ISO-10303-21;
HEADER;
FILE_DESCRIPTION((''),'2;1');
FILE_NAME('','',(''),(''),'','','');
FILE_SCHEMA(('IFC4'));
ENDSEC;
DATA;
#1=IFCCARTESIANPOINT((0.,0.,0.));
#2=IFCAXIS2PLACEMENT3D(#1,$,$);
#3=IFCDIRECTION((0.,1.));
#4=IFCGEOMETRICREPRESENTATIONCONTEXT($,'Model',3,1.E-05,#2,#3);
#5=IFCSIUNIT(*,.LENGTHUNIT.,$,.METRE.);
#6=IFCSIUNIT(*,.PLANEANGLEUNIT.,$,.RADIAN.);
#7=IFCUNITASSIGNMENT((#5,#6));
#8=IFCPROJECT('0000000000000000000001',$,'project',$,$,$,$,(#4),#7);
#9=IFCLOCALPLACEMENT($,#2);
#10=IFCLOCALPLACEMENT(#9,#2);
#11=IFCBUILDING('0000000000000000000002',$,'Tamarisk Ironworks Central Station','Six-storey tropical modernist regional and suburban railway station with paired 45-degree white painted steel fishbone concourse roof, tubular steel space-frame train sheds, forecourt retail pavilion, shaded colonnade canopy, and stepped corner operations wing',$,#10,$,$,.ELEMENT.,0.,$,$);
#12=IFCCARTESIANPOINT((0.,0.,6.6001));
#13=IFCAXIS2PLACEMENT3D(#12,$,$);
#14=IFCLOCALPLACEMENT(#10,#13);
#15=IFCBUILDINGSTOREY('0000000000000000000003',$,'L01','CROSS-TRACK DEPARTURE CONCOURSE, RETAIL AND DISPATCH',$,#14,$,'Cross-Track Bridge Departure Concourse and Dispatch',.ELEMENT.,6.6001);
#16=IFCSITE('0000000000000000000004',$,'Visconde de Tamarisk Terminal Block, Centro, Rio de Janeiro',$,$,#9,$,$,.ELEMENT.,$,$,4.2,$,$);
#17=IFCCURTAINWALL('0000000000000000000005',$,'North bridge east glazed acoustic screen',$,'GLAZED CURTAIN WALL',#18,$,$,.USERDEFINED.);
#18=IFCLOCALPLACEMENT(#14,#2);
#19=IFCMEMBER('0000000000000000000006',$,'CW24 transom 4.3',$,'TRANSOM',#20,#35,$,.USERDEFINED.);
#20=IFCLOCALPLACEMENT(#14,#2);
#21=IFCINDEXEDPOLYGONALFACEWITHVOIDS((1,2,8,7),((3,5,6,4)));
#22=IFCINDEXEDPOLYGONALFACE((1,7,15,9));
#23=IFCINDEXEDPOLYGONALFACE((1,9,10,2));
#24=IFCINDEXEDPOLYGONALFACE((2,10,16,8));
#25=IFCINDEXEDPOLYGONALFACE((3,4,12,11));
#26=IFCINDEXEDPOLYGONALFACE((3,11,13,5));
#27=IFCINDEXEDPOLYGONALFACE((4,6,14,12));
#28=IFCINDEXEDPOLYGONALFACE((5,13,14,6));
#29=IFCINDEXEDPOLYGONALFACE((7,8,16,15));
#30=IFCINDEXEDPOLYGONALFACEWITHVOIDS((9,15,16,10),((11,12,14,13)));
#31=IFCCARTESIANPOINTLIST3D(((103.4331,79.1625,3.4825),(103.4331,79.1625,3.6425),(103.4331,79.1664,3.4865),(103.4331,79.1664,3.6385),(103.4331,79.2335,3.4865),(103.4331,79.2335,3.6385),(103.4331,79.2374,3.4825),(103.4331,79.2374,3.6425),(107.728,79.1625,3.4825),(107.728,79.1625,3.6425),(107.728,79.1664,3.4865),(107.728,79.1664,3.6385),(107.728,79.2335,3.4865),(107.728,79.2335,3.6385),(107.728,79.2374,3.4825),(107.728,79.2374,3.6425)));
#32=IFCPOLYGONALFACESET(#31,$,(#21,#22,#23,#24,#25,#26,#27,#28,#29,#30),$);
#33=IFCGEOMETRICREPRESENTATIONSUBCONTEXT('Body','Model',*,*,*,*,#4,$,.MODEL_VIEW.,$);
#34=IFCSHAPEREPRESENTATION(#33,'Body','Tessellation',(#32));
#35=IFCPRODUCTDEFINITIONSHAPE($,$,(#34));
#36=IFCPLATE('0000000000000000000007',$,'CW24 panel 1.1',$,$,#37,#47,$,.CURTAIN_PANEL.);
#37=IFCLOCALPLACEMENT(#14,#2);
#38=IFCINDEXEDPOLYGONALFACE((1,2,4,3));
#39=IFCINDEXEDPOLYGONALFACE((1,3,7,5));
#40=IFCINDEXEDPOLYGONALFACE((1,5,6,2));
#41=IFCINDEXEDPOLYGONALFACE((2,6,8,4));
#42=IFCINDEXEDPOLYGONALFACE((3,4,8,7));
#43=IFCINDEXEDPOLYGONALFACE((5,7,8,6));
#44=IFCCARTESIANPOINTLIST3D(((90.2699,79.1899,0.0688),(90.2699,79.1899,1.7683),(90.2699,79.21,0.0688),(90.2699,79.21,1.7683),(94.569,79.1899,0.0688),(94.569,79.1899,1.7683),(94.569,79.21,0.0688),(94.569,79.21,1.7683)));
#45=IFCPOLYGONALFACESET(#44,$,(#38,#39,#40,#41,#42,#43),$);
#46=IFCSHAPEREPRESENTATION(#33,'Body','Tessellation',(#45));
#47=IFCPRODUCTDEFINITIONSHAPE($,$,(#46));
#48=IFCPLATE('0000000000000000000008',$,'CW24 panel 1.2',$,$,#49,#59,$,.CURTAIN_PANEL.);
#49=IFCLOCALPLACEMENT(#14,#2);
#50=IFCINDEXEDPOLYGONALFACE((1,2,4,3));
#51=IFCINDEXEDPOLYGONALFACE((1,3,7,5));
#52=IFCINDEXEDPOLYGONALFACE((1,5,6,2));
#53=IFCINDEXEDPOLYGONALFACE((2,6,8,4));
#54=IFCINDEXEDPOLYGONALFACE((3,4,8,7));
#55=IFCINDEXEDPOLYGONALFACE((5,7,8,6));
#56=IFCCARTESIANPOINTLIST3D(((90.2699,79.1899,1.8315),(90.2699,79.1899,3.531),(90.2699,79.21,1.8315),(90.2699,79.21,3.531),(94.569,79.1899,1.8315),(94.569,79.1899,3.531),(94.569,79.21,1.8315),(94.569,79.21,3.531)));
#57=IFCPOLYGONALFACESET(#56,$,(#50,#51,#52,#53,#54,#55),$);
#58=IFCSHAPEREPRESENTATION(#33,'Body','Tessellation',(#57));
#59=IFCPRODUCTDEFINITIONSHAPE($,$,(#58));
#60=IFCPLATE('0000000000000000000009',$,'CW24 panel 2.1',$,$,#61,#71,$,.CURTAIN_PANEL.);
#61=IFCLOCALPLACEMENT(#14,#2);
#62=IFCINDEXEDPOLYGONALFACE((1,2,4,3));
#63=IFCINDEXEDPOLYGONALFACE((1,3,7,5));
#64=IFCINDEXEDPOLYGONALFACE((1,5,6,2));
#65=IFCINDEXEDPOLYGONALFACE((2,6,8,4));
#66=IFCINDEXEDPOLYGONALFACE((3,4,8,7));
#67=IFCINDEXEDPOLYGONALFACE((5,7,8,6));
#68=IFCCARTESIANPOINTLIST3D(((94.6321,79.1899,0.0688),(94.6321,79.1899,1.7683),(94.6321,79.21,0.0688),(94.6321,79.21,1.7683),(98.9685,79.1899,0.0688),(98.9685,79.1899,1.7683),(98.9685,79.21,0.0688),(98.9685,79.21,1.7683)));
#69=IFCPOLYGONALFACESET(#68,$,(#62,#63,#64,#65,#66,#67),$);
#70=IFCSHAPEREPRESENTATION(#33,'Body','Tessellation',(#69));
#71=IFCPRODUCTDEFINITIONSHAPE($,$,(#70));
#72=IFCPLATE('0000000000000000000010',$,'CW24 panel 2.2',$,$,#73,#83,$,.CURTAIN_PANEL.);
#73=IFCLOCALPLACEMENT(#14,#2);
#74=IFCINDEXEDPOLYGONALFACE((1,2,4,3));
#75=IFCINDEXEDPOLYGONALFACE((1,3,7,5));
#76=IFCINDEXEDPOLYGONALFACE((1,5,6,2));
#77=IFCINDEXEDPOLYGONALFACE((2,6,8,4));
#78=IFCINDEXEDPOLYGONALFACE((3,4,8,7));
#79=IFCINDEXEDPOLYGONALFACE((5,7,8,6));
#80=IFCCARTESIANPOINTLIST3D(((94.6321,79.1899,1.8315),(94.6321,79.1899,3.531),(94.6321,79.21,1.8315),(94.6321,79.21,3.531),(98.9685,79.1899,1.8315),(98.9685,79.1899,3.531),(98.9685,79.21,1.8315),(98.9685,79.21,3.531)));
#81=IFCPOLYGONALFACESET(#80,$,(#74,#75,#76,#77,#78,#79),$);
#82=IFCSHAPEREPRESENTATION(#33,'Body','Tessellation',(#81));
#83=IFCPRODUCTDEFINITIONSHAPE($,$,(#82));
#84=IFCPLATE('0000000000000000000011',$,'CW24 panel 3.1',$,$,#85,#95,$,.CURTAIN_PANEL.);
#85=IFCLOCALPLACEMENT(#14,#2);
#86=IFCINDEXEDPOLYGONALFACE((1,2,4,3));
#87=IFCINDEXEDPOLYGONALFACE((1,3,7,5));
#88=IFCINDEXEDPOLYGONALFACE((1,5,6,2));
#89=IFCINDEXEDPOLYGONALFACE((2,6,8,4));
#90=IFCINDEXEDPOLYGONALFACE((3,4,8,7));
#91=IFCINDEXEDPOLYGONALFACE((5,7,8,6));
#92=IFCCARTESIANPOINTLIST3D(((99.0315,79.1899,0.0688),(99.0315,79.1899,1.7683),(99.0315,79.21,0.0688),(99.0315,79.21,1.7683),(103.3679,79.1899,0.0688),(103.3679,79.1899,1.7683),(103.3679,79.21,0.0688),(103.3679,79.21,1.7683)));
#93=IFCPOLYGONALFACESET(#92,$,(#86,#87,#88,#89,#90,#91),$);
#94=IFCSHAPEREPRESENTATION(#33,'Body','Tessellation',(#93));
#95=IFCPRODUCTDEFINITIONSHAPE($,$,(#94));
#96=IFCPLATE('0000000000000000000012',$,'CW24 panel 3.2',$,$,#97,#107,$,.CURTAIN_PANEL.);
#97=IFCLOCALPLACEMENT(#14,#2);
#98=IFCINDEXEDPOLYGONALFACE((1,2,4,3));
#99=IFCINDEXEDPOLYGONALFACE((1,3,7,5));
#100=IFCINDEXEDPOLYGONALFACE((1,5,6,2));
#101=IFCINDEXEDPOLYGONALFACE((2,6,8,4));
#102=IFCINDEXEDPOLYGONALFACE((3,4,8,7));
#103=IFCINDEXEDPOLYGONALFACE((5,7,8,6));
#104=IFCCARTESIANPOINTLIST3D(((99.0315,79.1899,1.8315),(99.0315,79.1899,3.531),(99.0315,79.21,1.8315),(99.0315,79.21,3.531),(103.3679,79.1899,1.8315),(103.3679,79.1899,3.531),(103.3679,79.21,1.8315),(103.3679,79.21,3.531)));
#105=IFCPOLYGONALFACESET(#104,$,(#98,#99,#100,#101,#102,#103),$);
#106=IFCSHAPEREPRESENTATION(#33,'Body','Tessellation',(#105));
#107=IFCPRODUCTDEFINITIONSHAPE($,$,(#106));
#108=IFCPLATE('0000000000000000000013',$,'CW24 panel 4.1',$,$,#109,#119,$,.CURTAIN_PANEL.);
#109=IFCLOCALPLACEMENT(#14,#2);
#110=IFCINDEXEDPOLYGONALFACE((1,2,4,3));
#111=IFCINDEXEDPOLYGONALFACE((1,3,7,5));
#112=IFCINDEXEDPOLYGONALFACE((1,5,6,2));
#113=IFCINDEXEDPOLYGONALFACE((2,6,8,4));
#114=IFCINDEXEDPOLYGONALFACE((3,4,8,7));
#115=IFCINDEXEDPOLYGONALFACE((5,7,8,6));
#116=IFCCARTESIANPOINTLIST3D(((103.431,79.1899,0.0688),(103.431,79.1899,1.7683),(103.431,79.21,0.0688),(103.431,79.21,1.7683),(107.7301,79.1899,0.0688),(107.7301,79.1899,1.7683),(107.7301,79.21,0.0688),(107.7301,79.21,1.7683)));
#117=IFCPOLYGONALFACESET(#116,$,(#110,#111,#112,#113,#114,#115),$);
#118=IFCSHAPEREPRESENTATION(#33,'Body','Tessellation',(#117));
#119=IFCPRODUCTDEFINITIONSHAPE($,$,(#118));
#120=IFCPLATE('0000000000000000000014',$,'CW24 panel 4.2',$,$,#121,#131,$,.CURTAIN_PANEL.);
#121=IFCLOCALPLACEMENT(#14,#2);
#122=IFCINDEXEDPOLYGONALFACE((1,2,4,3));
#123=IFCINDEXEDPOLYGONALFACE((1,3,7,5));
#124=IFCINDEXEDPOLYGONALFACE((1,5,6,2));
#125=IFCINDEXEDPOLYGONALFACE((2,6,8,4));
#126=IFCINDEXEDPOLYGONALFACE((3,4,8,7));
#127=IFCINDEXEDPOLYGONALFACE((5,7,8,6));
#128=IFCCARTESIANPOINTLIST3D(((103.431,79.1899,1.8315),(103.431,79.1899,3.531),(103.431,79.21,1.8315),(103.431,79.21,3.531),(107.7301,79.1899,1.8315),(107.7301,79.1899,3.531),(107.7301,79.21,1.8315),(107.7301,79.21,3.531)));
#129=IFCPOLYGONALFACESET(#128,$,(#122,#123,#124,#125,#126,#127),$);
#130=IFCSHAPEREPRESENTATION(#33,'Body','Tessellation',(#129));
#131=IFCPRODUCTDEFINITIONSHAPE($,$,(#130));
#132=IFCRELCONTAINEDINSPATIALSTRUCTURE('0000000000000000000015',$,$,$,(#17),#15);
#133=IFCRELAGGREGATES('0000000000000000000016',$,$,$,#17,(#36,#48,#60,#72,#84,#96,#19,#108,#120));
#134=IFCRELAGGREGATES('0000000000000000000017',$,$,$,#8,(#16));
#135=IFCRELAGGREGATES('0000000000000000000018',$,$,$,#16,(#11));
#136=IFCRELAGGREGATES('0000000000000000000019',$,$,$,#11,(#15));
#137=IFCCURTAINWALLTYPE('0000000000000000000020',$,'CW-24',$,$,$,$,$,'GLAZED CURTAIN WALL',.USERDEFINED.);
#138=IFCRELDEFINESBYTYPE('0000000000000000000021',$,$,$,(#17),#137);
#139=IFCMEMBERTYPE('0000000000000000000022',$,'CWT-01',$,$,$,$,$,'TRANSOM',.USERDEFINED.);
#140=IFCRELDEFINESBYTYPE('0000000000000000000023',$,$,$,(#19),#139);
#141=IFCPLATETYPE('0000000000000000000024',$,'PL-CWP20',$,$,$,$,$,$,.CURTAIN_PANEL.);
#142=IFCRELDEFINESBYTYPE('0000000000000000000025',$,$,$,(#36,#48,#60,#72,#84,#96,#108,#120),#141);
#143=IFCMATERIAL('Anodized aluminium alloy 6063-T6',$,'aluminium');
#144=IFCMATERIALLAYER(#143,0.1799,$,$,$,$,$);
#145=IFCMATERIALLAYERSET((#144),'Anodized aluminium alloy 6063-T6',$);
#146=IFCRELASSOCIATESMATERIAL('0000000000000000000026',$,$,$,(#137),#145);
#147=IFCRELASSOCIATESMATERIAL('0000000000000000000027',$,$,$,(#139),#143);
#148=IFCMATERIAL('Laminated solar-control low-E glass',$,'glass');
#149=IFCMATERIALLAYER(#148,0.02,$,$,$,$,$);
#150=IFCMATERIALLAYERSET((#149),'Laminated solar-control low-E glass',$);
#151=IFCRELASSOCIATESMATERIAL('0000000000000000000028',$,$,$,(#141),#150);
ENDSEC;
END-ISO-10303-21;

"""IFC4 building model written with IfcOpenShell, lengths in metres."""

from ifc_helpers import new_model, si_unit, direction, frame, origin, origin_2d, place, context, subcontext, project, spatial, rectangle, hollow_rectangle, extrude, material, layer, layer_set, material_profile, profile_set, type_object, element, aggregate, save


model = new_model("IFC4")

# Units and contexts
model_context = context("Model", 3, precision=1e-05, world=origin(), true_north=direction((0.0, 1.0)))
body_context = subcontext(model_context, "Body", "Model", "MODEL_VIEW")
ifc_project = project(units=[si_unit("LENGTHUNIT", "METRE"), si_unit("PLANEANGLEUNIT", "RADIAN")], contexts=[model_context])

# Site, building, storey
site_placement = place(None, origin())
site = spatial("IfcSite", under=ifc_project, at=site_placement, Name="Visconde de Tamarisk Terminal Block, Centro, Rio de Janeiro", CompositionType="ELEMENT", RefElevation=4.2)
building_placement = place(site_placement, origin())
building = spatial("IfcBuilding", under=site, at=building_placement, Name="Tamarisk Ironworks Central Station", Description="Six-storey tropical modernist regional and suburban railway station with paired 45-degree white painted steel fishbone concourse roof, tubular steel space-frame train sheds, forecourt retail pavilion, shaded colonnade canopy, and stepped corner operations wing", CompositionType="ELEMENT", ElevationOfRefHeight=0.0)
storey_placement = place(building_placement, frame((0.0, 0.0, 6.6001)))
storey = spatial("IfcBuildingStorey", under=building, at=storey_placement, Name="L01", Description="CROSS-TRACK DEPARTURE CONCOURSE, RETAIL AND DISPATCH", LongName="Cross-Track Bridge Departure Concourse and Dispatch", CompositionType="ELEMENT", Elevation=6.6001)

# Curtain wall, member, plates
ifc_material_1 = material(Name="Anodized aluminium alloy 6063-T6", Category="aluminium")
ifc_layer_1 = layer(ifc_material_1, 0.1799)
ifc_layer_set_1 = layer_set([ifc_layer_1], Name="Anodized aluminium alloy 6063-T6")
curtain_wall_type = type_object("IfcCurtainWallType", Name="CW-24", ElementType="GLAZED CURTAIN WALL", PredefinedType="USERDEFINED", material=ifc_layer_set_1)
curtain_wall_placement = place(storey_placement, origin())
curtain_wall = element("IfcCurtainWall", 1, at=curtain_wall_placement, inside=storey, type_object=curtain_wall_type, Name="North bridge east glazed acoustic screen", ObjectType="GLAZED CURTAIN WALL", PredefinedType="USERDEFINED")
ifc_material_profile_1 = material_profile(ifc_material_1, hollow_rectangle(XDim=0.075, YDim=0.1599, WallThickness=0.0039, at=origin_2d()), Name="ALUM 160x75")
ifc_profile_set_1 = profile_set([ifc_material_profile_1], Name="Anodized aluminium alloy 6063-T6")
member_type_1 = type_object("IfcMemberType", Name="CWT-01", ElementType="TRANSOM", PredefinedType="USERDEFINED", material=ifc_profile_set_1)
member_1_placement = place(storey_placement, frame((103.4331, 79.2, 3.5625), z_axis=(1.0, 0.0, 0.0), x_axis=(0.0, 1.0, 0.0)))
member_1 = element("IfcMember", 2, at=member_1_placement, type_object=member_type_1, Name="CW24 transom 4.3", ObjectType="TRANSOM", PredefinedType="USERDEFINED", context=body_context, shape_type="SweptSolid", body=[
    extrude(hollow_rectangle(XDim=0.075, YDim=0.1599, WallThickness=0.0039, at=origin_2d()), origin(), (0.0, 0.0, 1.0), 4.2949),
])
ifc_material_2 = material(Name="Laminated solar-control low-E glass", Category="glass")
ifc_layer_2 = layer(ifc_material_2, 0.02)
ifc_layer_set_2 = layer_set([ifc_layer_2], Name="Laminated solar-control low-E glass")
plate_type = type_object("IfcPlateType", Name="PL-CWP20", PredefinedType="CURTAIN_PANEL", material=ifc_layer_set_2)
plate_1_placement = place(storey_placement, frame((92.4194, 79.2, 0.0688), z_axis=(0.0, 0.0, 1.0), x_axis=(1.0, 0.0, 0.0)))
plate_1 = element("IfcPlate", 3, at=plate_1_placement, type_object=plate_type, Name="CW24 panel 1.1", PredefinedType="CURTAIN_PANEL", context=body_context, shape_type="SweptSolid", body=[
    extrude(rectangle(XDim=4.2991, YDim=0.02, at=origin_2d()), origin(), (0.0, 0.0, 1.0), 1.6995),
])
plate_2_placement = place(storey_placement, frame((92.4194, 79.2, 1.8315), z_axis=(0.0, 0.0, 1.0), x_axis=(1.0, 0.0, 0.0)))
plate_2 = element("IfcPlate", 4, at=plate_2_placement, type_object=plate_type, Name="CW24 panel 1.2", PredefinedType="CURTAIN_PANEL", context=body_context, shape_type="SweptSolid", body=[
    extrude(rectangle(XDim=4.2991, YDim=0.02, at=origin_2d()), origin(), (0.0, 0.0, 1.0), 1.6995),
])
plate_3_placement = place(storey_placement, frame((96.8003, 79.2, 0.0688), z_axis=(0.0, 0.0, 1.0), x_axis=(1.0, 0.0, 0.0)))
plate_3 = element("IfcPlate", 5, at=plate_3_placement, type_object=plate_type, Name="CW24 panel 2.1", PredefinedType="CURTAIN_PANEL", context=body_context, shape_type="SweptSolid", body=[
    extrude(rectangle(XDim=4.3364, YDim=0.02, at=origin_2d()), origin(), (0.0, 0.0, 1.0), 1.6995),
])
plate_4_placement = place(storey_placement, frame((96.8003, 79.2, 1.8315), z_axis=(0.0, 0.0, 1.0), x_axis=(1.0, 0.0, 0.0)))
plate_4 = element("IfcPlate", 6, at=plate_4_placement, type_object=plate_type, Name="CW24 panel 2.2", PredefinedType="CURTAIN_PANEL", context=body_context, shape_type="SweptSolid", body=[
    extrude(rectangle(XDim=4.3364, YDim=0.02, at=origin_2d()), origin(), (0.0, 0.0, 1.0), 1.6995),
])
plate_5_placement = place(storey_placement, frame((101.1997, 79.2, 0.0688), z_axis=(0.0, 0.0, 1.0), x_axis=(1.0, 0.0, 0.0)))
plate_5 = element("IfcPlate", 7, at=plate_5_placement, type_object=plate_type, Name="CW24 panel 3.1", PredefinedType="CURTAIN_PANEL", context=body_context, shape_type="SweptSolid", body=[
    extrude(rectangle(XDim=4.3364, YDim=0.02, at=origin_2d()), origin(), (0.0, 0.0, 1.0), 1.6995),
])
plate_6_placement = place(storey_placement, frame((101.1997, 79.2, 1.8315), z_axis=(0.0, 0.0, 1.0), x_axis=(1.0, 0.0, 0.0)))
plate_6 = element("IfcPlate", 8, at=plate_6_placement, type_object=plate_type, Name="CW24 panel 3.2", PredefinedType="CURTAIN_PANEL", context=body_context, shape_type="SweptSolid", body=[
    extrude(rectangle(XDim=4.3364, YDim=0.02, at=origin_2d()), origin(), (0.0, 0.0, 1.0), 1.6995),
])
plate_7_placement = place(storey_placement, frame((105.5806, 79.2, 0.0688), z_axis=(0.0, 0.0, 1.0), x_axis=(1.0, 0.0, 0.0)))
plate_7 = element("IfcPlate", 9, at=plate_7_placement, type_object=plate_type, Name="CW24 panel 4.1", PredefinedType="CURTAIN_PANEL", context=body_context, shape_type="SweptSolid", body=[
    extrude(rectangle(XDim=4.2991, YDim=0.02, at=origin_2d()), origin(), (0.0, 0.0, 1.0), 1.6995),
])
plate_8_placement = place(storey_placement, frame((105.5806, 79.2, 1.8315), z_axis=(0.0, 0.0, 1.0), x_axis=(1.0, 0.0, 0.0)))
plate_8 = element("IfcPlate", 10, at=plate_8_placement, type_object=plate_type, Name="CW24 panel 4.2", PredefinedType="CURTAIN_PANEL", context=body_context, shape_type="SweptSolid", body=[
    extrude(rectangle(XDim=4.2991, YDim=0.02, at=origin_2d()), origin(), (0.0, 0.0, 1.0), 1.6995),
])
aggregate(curtain_wall, [plate_1, plate_2, plate_3, plate_4, plate_5, plate_6, member_1, plate_7, plate_8])

save(model, "model.ifc")
